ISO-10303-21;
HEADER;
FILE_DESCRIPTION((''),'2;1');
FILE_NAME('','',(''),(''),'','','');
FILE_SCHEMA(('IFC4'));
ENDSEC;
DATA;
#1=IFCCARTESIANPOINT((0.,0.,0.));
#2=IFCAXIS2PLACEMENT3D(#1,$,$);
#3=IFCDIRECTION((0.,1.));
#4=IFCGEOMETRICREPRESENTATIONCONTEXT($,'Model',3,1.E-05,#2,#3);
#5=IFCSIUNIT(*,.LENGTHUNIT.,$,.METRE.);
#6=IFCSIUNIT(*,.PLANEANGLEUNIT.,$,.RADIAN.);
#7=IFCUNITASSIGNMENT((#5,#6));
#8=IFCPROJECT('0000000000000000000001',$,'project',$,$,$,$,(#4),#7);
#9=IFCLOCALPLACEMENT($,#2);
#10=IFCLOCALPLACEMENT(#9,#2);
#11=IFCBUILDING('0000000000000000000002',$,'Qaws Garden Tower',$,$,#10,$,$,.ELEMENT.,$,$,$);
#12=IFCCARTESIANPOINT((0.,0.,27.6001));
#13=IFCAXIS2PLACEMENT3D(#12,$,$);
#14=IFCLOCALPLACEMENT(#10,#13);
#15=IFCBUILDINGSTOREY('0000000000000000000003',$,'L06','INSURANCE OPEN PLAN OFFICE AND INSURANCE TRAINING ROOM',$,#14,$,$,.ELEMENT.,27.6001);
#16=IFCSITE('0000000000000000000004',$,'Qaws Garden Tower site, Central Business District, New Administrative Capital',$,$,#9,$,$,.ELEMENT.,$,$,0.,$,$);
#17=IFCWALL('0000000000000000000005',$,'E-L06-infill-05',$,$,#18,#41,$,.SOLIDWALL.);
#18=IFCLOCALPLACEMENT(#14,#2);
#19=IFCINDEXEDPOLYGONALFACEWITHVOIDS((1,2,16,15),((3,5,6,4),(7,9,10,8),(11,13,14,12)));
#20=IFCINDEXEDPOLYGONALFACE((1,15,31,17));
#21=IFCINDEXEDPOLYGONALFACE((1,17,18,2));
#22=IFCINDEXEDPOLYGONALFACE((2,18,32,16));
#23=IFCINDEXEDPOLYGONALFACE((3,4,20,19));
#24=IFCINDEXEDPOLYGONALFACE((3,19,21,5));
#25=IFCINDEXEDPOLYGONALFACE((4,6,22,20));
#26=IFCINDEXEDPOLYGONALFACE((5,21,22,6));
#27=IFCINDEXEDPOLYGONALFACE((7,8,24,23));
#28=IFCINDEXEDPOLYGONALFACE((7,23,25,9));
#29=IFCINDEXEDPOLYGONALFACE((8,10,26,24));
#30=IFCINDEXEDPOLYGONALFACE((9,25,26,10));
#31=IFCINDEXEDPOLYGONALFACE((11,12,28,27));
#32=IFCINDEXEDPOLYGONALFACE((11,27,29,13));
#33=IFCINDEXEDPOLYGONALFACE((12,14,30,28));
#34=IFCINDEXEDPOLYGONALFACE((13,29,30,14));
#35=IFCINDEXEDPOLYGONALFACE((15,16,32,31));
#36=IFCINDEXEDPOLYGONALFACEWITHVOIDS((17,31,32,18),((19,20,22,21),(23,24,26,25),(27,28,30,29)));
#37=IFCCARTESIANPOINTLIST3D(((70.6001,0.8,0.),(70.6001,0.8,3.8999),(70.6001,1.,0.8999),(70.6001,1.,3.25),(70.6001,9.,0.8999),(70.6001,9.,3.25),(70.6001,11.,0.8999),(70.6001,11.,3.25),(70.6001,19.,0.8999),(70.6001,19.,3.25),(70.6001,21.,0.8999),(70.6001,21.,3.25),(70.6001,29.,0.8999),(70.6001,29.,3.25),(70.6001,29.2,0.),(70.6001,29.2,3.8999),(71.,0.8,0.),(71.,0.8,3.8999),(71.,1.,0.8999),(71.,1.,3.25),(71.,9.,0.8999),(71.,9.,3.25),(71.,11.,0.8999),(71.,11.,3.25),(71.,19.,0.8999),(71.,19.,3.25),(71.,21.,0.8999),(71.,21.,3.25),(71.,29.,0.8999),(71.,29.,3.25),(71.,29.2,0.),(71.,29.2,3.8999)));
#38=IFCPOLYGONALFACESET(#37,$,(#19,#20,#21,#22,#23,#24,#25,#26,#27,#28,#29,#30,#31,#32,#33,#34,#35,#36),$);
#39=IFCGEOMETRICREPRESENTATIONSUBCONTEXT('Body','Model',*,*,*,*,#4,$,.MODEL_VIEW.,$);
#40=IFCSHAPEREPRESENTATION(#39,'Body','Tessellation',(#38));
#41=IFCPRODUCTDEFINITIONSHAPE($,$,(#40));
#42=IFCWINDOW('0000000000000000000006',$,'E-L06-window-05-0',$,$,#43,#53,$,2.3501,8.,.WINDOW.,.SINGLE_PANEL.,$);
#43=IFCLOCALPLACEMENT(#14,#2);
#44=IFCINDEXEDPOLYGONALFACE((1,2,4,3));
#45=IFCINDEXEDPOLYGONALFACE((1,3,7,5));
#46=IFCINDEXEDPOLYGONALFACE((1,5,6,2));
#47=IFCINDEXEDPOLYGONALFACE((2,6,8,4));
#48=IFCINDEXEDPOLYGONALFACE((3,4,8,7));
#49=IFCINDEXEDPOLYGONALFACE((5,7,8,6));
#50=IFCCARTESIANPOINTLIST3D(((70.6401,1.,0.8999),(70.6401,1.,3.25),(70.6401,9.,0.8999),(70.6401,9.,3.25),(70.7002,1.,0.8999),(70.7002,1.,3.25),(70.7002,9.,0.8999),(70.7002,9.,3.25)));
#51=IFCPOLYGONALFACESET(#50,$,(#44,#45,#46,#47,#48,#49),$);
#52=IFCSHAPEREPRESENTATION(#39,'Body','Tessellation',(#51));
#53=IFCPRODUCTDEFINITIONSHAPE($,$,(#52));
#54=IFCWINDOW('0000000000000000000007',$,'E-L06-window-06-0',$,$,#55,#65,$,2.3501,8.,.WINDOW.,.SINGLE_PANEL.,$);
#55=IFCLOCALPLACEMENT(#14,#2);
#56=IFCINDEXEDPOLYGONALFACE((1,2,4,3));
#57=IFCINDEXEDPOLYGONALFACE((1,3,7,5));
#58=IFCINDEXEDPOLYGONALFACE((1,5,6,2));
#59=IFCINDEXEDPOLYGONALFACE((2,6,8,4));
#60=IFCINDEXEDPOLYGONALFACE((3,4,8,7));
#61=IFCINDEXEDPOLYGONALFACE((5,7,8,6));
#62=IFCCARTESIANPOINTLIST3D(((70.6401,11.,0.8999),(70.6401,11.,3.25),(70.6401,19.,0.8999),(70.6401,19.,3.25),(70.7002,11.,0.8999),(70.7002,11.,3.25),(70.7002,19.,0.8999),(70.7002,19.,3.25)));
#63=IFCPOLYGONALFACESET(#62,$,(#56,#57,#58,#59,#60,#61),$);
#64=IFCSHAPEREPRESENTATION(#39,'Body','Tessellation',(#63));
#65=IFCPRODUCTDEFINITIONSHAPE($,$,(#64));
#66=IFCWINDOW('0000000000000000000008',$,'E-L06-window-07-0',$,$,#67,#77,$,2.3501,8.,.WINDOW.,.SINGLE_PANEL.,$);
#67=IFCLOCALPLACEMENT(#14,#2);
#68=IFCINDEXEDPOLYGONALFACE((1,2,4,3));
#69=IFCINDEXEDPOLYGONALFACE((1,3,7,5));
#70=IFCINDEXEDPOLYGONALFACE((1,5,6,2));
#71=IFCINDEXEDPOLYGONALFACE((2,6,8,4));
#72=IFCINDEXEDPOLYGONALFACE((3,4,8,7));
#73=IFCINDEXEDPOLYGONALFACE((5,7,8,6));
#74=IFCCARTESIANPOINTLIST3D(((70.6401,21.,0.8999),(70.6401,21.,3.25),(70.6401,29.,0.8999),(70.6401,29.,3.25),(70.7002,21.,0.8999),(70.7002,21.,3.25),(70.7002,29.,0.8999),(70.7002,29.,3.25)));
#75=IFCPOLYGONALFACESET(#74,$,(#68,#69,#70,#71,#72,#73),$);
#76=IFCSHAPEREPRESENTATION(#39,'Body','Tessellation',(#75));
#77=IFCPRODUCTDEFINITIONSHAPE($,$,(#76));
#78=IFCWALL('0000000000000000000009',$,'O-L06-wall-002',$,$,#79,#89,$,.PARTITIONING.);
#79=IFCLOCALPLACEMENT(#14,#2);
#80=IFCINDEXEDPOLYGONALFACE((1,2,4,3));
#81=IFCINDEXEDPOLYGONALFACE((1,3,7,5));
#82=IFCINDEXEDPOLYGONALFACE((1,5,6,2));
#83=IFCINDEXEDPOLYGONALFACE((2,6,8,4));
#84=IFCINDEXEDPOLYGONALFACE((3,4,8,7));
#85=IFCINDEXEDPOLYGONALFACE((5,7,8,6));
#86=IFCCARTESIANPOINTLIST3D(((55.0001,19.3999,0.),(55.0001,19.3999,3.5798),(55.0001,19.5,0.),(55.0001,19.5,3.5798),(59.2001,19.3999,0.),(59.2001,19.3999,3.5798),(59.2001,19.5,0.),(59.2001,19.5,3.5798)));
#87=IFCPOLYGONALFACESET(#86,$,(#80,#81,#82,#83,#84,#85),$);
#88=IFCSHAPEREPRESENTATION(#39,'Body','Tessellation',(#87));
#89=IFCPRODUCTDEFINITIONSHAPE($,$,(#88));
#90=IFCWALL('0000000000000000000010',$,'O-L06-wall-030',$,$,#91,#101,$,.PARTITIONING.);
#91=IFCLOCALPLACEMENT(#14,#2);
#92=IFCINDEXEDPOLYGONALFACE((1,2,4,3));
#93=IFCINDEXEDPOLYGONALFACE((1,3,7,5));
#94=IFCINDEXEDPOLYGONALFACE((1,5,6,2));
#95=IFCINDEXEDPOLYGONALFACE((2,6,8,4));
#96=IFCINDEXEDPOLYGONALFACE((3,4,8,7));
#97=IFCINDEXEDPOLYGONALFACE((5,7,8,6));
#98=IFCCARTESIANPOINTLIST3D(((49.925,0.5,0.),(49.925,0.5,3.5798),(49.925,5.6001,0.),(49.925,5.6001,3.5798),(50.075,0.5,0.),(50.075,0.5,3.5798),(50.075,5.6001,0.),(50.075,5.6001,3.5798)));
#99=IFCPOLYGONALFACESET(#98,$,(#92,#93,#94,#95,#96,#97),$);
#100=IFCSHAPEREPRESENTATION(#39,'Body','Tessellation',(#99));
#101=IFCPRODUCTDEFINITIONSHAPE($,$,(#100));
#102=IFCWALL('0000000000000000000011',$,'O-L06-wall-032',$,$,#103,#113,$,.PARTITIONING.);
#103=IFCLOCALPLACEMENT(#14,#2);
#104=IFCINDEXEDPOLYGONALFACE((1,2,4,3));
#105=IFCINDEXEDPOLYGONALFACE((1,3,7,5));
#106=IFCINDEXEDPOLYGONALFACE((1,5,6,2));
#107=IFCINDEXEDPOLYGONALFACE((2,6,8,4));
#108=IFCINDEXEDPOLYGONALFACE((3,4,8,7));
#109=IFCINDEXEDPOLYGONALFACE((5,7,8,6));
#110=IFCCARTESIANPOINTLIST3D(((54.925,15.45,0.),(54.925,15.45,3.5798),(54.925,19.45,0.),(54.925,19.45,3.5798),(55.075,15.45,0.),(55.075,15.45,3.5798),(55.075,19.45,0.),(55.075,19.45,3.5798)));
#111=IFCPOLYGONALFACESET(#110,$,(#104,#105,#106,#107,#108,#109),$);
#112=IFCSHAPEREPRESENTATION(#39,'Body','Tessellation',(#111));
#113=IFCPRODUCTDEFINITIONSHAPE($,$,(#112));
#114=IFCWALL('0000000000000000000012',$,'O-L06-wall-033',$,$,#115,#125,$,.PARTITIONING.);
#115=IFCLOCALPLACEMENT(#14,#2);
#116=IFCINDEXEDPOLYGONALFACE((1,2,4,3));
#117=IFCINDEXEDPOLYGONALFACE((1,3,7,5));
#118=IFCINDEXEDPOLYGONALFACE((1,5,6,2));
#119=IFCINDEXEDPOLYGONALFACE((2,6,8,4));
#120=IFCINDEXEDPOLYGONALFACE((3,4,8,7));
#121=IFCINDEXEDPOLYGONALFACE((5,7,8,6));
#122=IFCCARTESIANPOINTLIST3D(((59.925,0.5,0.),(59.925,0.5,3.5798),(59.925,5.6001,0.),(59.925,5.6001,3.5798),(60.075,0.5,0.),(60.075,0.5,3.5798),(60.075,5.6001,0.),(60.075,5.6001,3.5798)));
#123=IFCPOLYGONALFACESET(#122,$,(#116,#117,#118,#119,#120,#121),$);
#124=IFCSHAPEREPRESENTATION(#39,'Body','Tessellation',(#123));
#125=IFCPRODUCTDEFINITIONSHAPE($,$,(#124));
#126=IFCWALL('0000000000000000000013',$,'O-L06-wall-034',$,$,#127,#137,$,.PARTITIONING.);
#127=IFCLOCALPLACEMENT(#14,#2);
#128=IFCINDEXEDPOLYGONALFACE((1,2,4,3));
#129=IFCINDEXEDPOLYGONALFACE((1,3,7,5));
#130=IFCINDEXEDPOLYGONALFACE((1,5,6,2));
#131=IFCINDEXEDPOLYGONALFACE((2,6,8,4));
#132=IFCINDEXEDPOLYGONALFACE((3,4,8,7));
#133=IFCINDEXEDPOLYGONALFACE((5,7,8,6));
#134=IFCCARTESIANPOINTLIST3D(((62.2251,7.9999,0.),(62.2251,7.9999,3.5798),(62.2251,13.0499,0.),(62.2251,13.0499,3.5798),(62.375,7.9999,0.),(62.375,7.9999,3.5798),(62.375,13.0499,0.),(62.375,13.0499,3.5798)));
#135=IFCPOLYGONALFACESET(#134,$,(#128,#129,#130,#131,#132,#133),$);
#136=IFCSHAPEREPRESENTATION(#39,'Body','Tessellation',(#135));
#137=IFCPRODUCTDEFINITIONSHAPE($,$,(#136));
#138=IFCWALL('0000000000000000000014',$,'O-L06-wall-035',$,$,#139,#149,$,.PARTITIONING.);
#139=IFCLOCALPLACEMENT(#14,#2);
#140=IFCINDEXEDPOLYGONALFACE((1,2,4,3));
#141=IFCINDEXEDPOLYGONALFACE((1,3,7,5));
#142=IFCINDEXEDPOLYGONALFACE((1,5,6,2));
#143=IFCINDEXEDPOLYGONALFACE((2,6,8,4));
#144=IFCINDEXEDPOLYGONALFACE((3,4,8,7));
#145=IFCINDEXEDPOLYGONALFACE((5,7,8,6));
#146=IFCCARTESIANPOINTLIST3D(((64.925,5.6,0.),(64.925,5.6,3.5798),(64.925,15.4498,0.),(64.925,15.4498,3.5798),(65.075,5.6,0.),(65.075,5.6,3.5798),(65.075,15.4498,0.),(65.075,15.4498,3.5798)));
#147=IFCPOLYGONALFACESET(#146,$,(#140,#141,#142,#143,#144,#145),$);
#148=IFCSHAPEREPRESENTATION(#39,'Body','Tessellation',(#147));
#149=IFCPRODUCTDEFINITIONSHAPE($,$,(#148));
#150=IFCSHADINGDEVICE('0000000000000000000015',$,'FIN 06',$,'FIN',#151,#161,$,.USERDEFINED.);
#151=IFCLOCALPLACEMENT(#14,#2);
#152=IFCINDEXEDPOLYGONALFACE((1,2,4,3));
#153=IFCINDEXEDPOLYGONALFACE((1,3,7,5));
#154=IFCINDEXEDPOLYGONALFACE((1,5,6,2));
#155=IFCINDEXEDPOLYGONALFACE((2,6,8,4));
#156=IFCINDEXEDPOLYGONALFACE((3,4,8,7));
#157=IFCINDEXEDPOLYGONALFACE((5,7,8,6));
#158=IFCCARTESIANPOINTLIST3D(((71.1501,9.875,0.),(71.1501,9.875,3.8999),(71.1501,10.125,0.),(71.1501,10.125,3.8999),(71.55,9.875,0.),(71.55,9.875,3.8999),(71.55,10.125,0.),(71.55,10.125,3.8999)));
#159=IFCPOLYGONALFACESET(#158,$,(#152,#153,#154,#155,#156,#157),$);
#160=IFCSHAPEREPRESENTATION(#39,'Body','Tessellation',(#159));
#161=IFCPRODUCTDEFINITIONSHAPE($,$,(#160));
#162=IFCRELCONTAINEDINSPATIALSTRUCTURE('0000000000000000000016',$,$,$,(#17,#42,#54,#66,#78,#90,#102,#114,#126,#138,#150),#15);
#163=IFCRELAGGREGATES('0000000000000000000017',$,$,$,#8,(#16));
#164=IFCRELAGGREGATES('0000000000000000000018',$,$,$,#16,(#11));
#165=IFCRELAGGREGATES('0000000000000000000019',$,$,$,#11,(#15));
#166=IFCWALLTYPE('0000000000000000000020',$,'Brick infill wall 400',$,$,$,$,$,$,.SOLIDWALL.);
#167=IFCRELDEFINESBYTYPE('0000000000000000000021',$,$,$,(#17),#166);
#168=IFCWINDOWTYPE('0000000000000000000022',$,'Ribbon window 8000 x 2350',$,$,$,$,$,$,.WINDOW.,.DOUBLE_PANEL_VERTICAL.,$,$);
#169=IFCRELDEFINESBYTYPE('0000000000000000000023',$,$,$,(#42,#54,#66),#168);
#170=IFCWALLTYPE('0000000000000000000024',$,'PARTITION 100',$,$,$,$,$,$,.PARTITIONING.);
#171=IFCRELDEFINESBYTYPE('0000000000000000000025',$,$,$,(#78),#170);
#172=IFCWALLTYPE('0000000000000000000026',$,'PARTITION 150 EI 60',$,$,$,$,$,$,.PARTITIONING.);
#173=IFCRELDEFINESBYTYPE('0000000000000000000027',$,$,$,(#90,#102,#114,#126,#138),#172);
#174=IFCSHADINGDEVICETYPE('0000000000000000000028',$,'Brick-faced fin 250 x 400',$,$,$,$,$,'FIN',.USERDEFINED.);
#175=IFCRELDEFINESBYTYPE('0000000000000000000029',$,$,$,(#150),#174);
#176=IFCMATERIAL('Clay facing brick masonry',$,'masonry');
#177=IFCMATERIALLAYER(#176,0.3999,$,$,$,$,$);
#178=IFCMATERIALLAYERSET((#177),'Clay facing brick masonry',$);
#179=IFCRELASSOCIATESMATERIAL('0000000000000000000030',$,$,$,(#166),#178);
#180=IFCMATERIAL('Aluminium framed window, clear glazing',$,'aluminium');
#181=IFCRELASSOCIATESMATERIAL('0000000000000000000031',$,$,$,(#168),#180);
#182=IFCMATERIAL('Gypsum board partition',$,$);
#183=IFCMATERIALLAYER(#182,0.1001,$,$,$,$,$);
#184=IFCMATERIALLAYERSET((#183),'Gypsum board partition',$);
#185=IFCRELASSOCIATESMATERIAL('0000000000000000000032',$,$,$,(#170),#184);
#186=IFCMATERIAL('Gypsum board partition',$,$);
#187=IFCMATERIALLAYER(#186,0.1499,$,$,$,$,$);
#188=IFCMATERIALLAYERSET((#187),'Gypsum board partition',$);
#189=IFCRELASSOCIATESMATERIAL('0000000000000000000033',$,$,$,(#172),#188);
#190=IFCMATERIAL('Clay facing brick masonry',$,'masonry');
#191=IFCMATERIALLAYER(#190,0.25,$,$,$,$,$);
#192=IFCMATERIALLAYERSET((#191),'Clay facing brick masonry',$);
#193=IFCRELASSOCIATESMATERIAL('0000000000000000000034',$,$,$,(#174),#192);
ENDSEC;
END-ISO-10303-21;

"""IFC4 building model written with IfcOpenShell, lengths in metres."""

from ifc_helpers import new_model, si_unit, direction, frame, frame_2d, origin, origin_2d, place, context, subcontext, project, spatial, rectangle, extrude, material, layer, layer_set, type_object, element, fill, save


model = new_model("IFC4")

# Units and contexts
model_context = context("Model", 3, precision=1e-05, world=origin(), true_north=direction((0.0, 1.0)))
body_context = subcontext(model_context, "Body", "Model", "MODEL_VIEW")
ifc_project = project(units=[si_unit("LENGTHUNIT", "METRE"), si_unit("PLANEANGLEUNIT", "RADIAN")], contexts=[model_context])

# Site, building, storey
site_placement = place(None, origin())
site = spatial("IfcSite", under=ifc_project, at=site_placement, Name="Qaws Garden Tower site, Central Business District, New Administrative Capital", CompositionType="ELEMENT", RefElevation=0.0)
building_placement = place(site_placement, origin())
building = spatial("IfcBuilding", under=site, at=building_placement, Name="Qaws Garden Tower", CompositionType="ELEMENT")
storey_placement = place(building_placement, frame((0.0, 0.0, 27.6001)))
storey = spatial("IfcBuildingStorey", under=building, at=storey_placement, Name="L06", Description="INSURANCE OPEN PLAN OFFICE AND INSURANCE TRAINING ROOM", CompositionType="ELEMENT", Elevation=27.6001)

# Wall, openings, windows
ifc_material_1 = material(Name="Clay facing brick masonry", Category="masonry")
ifc_layer_1 = layer(ifc_material_1, 0.3999)
ifc_layer_set_1 = layer_set([ifc_layer_1], Name="Clay facing brick masonry")
wall_type_1 = type_object("IfcWallType", Name="Brick infill wall 400", PredefinedType="SOLIDWALL", material=ifc_layer_set_1)
wall_1_placement = place(storey_placement, frame((70.8, 0.8, 0.0), z_axis=(0.0, 0.0, 1.0), x_axis=(0.0, 1.0, 0.0)))
wall_1 = element("IfcWall", 1, at=wall_1_placement, inside=storey, type_object=wall_type_1, Name="E-L06-infill-05", PredefinedType="SOLIDWALL", context=body_context, shape_type="SweptSolid", body=[
    extrude(rectangle(XDim=28.3999, YDim=0.3999, at=frame_2d((14.2, 0.0))), origin(), (0.0, 0.0, 1.0), 3.8999),
])
opening_1_placement = place(wall_1_placement, frame((0.2, 0.0, 0.8999)))
opening_1 = element("IfcOpeningElement", 2, at=opening_1_placement, cuts=wall_1, PredefinedType="OPENING", context=body_context, shape_type="SweptSolid", body=[
    extrude(rectangle(XDim=8.0, YDim=2.3501, at=frame_2d((4.0, 1.175))), frame((0.0, 0.21, 0.0), z_axis=(0.0, -1.0, 0.0), x_axis=(1.0, 0.0, 0.0)), (0.0, 0.0, 1.0), 0.4199),
])
opening_2_placement = place(wall_1_placement, frame((10.2, 0.0, 0.8999)))
opening_2 = element("IfcOpeningElement", 3, at=opening_2_placement, cuts=wall_1, PredefinedType="OPENING", context=body_context, shape_type="SweptSolid", body=[
    extrude(rectangle(XDim=8.0, YDim=2.3501, at=frame_2d((4.0, 1.175))), frame((0.0, 0.21, 0.0), z_axis=(0.0, -1.0, 0.0), x_axis=(1.0, 0.0, 0.0)), (0.0, 0.0, 1.0), 0.4199),
])
opening_3_placement = place(wall_1_placement, frame((20.2, 0.0, 0.8999)))
opening_3 = element("IfcOpeningElement", 4, at=opening_3_placement, cuts=wall_1, PredefinedType="OPENING", context=body_context, shape_type="SweptSolid", body=[
    extrude(rectangle(XDim=8.0, YDim=2.3501, at=frame_2d((4.0, 1.175))), frame((0.0, 0.21, 0.0), z_axis=(0.0, -1.0, 0.0), x_axis=(1.0, 0.0, 0.0)), (0.0, 0.0, 1.0), 0.4199),
])
ifc_material_2 = material(Name="Aluminium framed window, clear glazing", Category="aluminium")
window_type = type_object("IfcWindowType", Name="Ribbon window 8000 x 2350", PartitioningType="DOUBLE_PANEL_VERTICAL", PredefinedType="WINDOW", material=ifc_material_2)
window_1_placement = place(opening_1_placement, origin())
window_1 = element("IfcWindow", 5, at=window_1_placement, inside=storey, type_object=window_type, Name="E-L06-window-05-0", OverallHeight=2.3501, OverallWidth=8.0, PartitioningType="SINGLE_PANEL", PredefinedType="WINDOW", context=body_context, shape_type="SweptSolid", body=[
    extrude(rectangle(XDim=8.0, YDim=2.3501, at=frame_2d((4.0, 1.175))), frame((0.0, 0.1599, 0.0), z_axis=(0.0, -1.0, 0.0), x_axis=(1.0, 0.0, 0.0)), (0.0, 0.0, 1.0), 0.0601),
])
fill(opening_1, window_1)
window_2_placement = place(opening_2_placement, origin())
window_2 = element("IfcWindow", 6, at=window_2_placement, inside=storey, type_object=window_type, Name="E-L06-window-06-0", OverallHeight=2.3501, OverallWidth=8.0, PartitioningType="SINGLE_PANEL", PredefinedType="WINDOW", context=body_context, shape_type="SweptSolid", body=[
    extrude(rectangle(XDim=8.0, YDim=2.3501, at=frame_2d((4.0, 1.175))), frame((0.0, 0.1599, 0.0), z_axis=(0.0, -1.0, 0.0), x_axis=(1.0, 0.0, 0.0)), (0.0, 0.0, 1.0), 0.0601),
])
fill(opening_2, window_2)
window_3_placement = place(opening_3_placement, origin())
window_3 = element("IfcWindow", 7, at=window_3_placement, inside=storey, type_object=window_type, Name="E-L06-window-07-0", OverallHeight=2.3501, OverallWidth=8.0, PartitioningType="SINGLE_PANEL", PredefinedType="WINDOW", context=body_context, shape_type="SweptSolid", body=[
    extrude(rectangle(XDim=8.0, YDim=2.3501, at=frame_2d((4.0, 1.175))), frame((0.0, 0.1599, 0.0), z_axis=(0.0, -1.0, 0.0), x_axis=(1.0, 0.0, 0.0)), (0.0, 0.0, 1.0), 0.0601),
])
fill(opening_3, window_3)

# Walls
ifc_material_3 = material(Name="Gypsum board partition")
ifc_layer_2 = layer(ifc_material_3, 0.1001)
ifc_layer_set_2 = layer_set([ifc_layer_2], Name="Gypsum board partition")
wall_type_2 = type_object("IfcWallType", Name="PARTITION 100", PredefinedType="PARTITIONING", material=ifc_layer_set_2)
wall_2_placement = place(storey_placement, frame((55.0, 19.45, 0.0), z_axis=(0.0, 0.0, 1.0), x_axis=(1.0, 0.0, 0.0)))
element("IfcWall", 8, at=wall_2_placement, inside=storey, type_object=wall_type_2, Name="O-L06-wall-002", PredefinedType="PARTITIONING", context=body_context, shape_type="SweptSolid", body=[
    extrude(rectangle(XDim=4.2, YDim=0.1001, at=frame_2d((2.1001, 0.0))), origin(), (0.0, 0.0, 1.0), 3.5798),
])
ifc_material_4 = material(Name="Gypsum board partition")
ifc_layer_3 = layer(ifc_material_4, 0.1499)
ifc_layer_set_3 = layer_set([ifc_layer_3], Name="Gypsum board partition")
wall_type_3 = type_object("IfcWallType", Name="PARTITION 150 EI 60", PredefinedType="PARTITIONING", material=ifc_layer_set_3)
wall_3_placement = place(storey_placement, frame((50.0, 0.5, 0.0), z_axis=(0.0, 0.0, 1.0), x_axis=(0.0, 1.0, 0.0)))
element("IfcWall", 9, at=wall_3_placement, inside=storey, type_object=wall_type_3, Name="O-L06-wall-030", PredefinedType="PARTITIONING", context=body_context, shape_type="SweptSolid", body=[
    extrude(rectangle(XDim=5.1001, YDim=0.1499, at=frame_2d((2.55, 0.0))), origin(), (0.0, 0.0, 1.0), 3.5798),
])
wall_4_placement = place(storey_placement, frame((55.0, 15.45, 0.0), z_axis=(0.0, 0.0, 1.0), x_axis=(0.0, 1.0, 0.0)))
element("IfcWall", 10, at=wall_4_placement, inside=storey, type_object=wall_type_3, Name="O-L06-wall-032", PredefinedType="PARTITIONING", context=body_context, shape_type="SweptSolid", body=[
    extrude(rectangle(XDim=4.0, YDim=0.1499, at=frame_2d((2.0, 0.0))), origin(), (0.0, 0.0, 1.0), 3.5798),
])
wall_5_placement = place(storey_placement, frame((60.0, 0.5, 0.0), z_axis=(0.0, 0.0, 1.0), x_axis=(0.0, 1.0, 0.0)))
element("IfcWall", 11, at=wall_5_placement, inside=storey, type_object=wall_type_3, Name="O-L06-wall-033", PredefinedType="PARTITIONING", context=body_context, shape_type="SweptSolid", body=[
    extrude(rectangle(XDim=5.1001, YDim=0.1499, at=frame_2d((2.55, 0.0))), origin(), (0.0, 0.0, 1.0), 3.5798),
])
wall_6_placement = place(storey_placement, frame((62.3, 8.0, 0.0), z_axis=(0.0, 0.0, 1.0), x_axis=(0.0, 1.0, 0.0)))
element("IfcWall", 12, at=wall_6_placement, inside=storey, type_object=wall_type_3, Name="O-L06-wall-034", PredefinedType="PARTITIONING", context=body_context, shape_type="SweptSolid", body=[
    extrude(rectangle(XDim=5.05, YDim=0.1499, at=frame_2d((2.5249, 0.0))), origin(), (0.0, 0.0, 1.0), 3.5798),
])
wall_7_placement = place(storey_placement, frame((65.0, 5.6001, 0.0), z_axis=(0.0, 0.0, 1.0), x_axis=(0.0, 1.0, 0.0)))
element("IfcWall", 13, at=wall_7_placement, inside=storey, type_object=wall_type_3, Name="O-L06-wall-035", PredefinedType="PARTITIONING", context=body_context, shape_type="SweptSolid", body=[
    extrude(rectangle(XDim=9.8499, YDim=0.1499, at=frame_2d((4.9248, 0.0))), origin(), (0.0, 0.0, 1.0), 3.5798),
])

# Shading device
ifc_material_5 = material(Name="Clay facing brick masonry", Category="masonry")
ifc_layer_4 = layer(ifc_material_5, 0.25)
ifc_layer_set_4 = layer_set([ifc_layer_4], Name="Clay facing brick masonry")
shading_device_type = type_object("IfcShadingDeviceType", Name="Brick-faced fin 250 x 400", ElementType="FIN", PredefinedType="USERDEFINED", material=ifc_layer_set_4)
shading_device_placement = place(storey_placement, frame((71.3501, 10.0, 0.0), z_axis=(0.0, 0.0, 1.0), x_axis=(0.0, 1.0, 0.0)))
element("IfcShadingDevice", 14, at=shading_device_placement, inside=storey, type_object=shading_device_type, Name="FIN 06", ObjectType="FIN", PredefinedType="USERDEFINED", context=body_context, shape_type="SweptSolid", body=[
    extrude(rectangle(XDim=0.25, YDim=0.3999, at=origin_2d()), origin(), (0.0, 0.0, 1.0), 3.8999),
])

save(model, "model.ifc")
